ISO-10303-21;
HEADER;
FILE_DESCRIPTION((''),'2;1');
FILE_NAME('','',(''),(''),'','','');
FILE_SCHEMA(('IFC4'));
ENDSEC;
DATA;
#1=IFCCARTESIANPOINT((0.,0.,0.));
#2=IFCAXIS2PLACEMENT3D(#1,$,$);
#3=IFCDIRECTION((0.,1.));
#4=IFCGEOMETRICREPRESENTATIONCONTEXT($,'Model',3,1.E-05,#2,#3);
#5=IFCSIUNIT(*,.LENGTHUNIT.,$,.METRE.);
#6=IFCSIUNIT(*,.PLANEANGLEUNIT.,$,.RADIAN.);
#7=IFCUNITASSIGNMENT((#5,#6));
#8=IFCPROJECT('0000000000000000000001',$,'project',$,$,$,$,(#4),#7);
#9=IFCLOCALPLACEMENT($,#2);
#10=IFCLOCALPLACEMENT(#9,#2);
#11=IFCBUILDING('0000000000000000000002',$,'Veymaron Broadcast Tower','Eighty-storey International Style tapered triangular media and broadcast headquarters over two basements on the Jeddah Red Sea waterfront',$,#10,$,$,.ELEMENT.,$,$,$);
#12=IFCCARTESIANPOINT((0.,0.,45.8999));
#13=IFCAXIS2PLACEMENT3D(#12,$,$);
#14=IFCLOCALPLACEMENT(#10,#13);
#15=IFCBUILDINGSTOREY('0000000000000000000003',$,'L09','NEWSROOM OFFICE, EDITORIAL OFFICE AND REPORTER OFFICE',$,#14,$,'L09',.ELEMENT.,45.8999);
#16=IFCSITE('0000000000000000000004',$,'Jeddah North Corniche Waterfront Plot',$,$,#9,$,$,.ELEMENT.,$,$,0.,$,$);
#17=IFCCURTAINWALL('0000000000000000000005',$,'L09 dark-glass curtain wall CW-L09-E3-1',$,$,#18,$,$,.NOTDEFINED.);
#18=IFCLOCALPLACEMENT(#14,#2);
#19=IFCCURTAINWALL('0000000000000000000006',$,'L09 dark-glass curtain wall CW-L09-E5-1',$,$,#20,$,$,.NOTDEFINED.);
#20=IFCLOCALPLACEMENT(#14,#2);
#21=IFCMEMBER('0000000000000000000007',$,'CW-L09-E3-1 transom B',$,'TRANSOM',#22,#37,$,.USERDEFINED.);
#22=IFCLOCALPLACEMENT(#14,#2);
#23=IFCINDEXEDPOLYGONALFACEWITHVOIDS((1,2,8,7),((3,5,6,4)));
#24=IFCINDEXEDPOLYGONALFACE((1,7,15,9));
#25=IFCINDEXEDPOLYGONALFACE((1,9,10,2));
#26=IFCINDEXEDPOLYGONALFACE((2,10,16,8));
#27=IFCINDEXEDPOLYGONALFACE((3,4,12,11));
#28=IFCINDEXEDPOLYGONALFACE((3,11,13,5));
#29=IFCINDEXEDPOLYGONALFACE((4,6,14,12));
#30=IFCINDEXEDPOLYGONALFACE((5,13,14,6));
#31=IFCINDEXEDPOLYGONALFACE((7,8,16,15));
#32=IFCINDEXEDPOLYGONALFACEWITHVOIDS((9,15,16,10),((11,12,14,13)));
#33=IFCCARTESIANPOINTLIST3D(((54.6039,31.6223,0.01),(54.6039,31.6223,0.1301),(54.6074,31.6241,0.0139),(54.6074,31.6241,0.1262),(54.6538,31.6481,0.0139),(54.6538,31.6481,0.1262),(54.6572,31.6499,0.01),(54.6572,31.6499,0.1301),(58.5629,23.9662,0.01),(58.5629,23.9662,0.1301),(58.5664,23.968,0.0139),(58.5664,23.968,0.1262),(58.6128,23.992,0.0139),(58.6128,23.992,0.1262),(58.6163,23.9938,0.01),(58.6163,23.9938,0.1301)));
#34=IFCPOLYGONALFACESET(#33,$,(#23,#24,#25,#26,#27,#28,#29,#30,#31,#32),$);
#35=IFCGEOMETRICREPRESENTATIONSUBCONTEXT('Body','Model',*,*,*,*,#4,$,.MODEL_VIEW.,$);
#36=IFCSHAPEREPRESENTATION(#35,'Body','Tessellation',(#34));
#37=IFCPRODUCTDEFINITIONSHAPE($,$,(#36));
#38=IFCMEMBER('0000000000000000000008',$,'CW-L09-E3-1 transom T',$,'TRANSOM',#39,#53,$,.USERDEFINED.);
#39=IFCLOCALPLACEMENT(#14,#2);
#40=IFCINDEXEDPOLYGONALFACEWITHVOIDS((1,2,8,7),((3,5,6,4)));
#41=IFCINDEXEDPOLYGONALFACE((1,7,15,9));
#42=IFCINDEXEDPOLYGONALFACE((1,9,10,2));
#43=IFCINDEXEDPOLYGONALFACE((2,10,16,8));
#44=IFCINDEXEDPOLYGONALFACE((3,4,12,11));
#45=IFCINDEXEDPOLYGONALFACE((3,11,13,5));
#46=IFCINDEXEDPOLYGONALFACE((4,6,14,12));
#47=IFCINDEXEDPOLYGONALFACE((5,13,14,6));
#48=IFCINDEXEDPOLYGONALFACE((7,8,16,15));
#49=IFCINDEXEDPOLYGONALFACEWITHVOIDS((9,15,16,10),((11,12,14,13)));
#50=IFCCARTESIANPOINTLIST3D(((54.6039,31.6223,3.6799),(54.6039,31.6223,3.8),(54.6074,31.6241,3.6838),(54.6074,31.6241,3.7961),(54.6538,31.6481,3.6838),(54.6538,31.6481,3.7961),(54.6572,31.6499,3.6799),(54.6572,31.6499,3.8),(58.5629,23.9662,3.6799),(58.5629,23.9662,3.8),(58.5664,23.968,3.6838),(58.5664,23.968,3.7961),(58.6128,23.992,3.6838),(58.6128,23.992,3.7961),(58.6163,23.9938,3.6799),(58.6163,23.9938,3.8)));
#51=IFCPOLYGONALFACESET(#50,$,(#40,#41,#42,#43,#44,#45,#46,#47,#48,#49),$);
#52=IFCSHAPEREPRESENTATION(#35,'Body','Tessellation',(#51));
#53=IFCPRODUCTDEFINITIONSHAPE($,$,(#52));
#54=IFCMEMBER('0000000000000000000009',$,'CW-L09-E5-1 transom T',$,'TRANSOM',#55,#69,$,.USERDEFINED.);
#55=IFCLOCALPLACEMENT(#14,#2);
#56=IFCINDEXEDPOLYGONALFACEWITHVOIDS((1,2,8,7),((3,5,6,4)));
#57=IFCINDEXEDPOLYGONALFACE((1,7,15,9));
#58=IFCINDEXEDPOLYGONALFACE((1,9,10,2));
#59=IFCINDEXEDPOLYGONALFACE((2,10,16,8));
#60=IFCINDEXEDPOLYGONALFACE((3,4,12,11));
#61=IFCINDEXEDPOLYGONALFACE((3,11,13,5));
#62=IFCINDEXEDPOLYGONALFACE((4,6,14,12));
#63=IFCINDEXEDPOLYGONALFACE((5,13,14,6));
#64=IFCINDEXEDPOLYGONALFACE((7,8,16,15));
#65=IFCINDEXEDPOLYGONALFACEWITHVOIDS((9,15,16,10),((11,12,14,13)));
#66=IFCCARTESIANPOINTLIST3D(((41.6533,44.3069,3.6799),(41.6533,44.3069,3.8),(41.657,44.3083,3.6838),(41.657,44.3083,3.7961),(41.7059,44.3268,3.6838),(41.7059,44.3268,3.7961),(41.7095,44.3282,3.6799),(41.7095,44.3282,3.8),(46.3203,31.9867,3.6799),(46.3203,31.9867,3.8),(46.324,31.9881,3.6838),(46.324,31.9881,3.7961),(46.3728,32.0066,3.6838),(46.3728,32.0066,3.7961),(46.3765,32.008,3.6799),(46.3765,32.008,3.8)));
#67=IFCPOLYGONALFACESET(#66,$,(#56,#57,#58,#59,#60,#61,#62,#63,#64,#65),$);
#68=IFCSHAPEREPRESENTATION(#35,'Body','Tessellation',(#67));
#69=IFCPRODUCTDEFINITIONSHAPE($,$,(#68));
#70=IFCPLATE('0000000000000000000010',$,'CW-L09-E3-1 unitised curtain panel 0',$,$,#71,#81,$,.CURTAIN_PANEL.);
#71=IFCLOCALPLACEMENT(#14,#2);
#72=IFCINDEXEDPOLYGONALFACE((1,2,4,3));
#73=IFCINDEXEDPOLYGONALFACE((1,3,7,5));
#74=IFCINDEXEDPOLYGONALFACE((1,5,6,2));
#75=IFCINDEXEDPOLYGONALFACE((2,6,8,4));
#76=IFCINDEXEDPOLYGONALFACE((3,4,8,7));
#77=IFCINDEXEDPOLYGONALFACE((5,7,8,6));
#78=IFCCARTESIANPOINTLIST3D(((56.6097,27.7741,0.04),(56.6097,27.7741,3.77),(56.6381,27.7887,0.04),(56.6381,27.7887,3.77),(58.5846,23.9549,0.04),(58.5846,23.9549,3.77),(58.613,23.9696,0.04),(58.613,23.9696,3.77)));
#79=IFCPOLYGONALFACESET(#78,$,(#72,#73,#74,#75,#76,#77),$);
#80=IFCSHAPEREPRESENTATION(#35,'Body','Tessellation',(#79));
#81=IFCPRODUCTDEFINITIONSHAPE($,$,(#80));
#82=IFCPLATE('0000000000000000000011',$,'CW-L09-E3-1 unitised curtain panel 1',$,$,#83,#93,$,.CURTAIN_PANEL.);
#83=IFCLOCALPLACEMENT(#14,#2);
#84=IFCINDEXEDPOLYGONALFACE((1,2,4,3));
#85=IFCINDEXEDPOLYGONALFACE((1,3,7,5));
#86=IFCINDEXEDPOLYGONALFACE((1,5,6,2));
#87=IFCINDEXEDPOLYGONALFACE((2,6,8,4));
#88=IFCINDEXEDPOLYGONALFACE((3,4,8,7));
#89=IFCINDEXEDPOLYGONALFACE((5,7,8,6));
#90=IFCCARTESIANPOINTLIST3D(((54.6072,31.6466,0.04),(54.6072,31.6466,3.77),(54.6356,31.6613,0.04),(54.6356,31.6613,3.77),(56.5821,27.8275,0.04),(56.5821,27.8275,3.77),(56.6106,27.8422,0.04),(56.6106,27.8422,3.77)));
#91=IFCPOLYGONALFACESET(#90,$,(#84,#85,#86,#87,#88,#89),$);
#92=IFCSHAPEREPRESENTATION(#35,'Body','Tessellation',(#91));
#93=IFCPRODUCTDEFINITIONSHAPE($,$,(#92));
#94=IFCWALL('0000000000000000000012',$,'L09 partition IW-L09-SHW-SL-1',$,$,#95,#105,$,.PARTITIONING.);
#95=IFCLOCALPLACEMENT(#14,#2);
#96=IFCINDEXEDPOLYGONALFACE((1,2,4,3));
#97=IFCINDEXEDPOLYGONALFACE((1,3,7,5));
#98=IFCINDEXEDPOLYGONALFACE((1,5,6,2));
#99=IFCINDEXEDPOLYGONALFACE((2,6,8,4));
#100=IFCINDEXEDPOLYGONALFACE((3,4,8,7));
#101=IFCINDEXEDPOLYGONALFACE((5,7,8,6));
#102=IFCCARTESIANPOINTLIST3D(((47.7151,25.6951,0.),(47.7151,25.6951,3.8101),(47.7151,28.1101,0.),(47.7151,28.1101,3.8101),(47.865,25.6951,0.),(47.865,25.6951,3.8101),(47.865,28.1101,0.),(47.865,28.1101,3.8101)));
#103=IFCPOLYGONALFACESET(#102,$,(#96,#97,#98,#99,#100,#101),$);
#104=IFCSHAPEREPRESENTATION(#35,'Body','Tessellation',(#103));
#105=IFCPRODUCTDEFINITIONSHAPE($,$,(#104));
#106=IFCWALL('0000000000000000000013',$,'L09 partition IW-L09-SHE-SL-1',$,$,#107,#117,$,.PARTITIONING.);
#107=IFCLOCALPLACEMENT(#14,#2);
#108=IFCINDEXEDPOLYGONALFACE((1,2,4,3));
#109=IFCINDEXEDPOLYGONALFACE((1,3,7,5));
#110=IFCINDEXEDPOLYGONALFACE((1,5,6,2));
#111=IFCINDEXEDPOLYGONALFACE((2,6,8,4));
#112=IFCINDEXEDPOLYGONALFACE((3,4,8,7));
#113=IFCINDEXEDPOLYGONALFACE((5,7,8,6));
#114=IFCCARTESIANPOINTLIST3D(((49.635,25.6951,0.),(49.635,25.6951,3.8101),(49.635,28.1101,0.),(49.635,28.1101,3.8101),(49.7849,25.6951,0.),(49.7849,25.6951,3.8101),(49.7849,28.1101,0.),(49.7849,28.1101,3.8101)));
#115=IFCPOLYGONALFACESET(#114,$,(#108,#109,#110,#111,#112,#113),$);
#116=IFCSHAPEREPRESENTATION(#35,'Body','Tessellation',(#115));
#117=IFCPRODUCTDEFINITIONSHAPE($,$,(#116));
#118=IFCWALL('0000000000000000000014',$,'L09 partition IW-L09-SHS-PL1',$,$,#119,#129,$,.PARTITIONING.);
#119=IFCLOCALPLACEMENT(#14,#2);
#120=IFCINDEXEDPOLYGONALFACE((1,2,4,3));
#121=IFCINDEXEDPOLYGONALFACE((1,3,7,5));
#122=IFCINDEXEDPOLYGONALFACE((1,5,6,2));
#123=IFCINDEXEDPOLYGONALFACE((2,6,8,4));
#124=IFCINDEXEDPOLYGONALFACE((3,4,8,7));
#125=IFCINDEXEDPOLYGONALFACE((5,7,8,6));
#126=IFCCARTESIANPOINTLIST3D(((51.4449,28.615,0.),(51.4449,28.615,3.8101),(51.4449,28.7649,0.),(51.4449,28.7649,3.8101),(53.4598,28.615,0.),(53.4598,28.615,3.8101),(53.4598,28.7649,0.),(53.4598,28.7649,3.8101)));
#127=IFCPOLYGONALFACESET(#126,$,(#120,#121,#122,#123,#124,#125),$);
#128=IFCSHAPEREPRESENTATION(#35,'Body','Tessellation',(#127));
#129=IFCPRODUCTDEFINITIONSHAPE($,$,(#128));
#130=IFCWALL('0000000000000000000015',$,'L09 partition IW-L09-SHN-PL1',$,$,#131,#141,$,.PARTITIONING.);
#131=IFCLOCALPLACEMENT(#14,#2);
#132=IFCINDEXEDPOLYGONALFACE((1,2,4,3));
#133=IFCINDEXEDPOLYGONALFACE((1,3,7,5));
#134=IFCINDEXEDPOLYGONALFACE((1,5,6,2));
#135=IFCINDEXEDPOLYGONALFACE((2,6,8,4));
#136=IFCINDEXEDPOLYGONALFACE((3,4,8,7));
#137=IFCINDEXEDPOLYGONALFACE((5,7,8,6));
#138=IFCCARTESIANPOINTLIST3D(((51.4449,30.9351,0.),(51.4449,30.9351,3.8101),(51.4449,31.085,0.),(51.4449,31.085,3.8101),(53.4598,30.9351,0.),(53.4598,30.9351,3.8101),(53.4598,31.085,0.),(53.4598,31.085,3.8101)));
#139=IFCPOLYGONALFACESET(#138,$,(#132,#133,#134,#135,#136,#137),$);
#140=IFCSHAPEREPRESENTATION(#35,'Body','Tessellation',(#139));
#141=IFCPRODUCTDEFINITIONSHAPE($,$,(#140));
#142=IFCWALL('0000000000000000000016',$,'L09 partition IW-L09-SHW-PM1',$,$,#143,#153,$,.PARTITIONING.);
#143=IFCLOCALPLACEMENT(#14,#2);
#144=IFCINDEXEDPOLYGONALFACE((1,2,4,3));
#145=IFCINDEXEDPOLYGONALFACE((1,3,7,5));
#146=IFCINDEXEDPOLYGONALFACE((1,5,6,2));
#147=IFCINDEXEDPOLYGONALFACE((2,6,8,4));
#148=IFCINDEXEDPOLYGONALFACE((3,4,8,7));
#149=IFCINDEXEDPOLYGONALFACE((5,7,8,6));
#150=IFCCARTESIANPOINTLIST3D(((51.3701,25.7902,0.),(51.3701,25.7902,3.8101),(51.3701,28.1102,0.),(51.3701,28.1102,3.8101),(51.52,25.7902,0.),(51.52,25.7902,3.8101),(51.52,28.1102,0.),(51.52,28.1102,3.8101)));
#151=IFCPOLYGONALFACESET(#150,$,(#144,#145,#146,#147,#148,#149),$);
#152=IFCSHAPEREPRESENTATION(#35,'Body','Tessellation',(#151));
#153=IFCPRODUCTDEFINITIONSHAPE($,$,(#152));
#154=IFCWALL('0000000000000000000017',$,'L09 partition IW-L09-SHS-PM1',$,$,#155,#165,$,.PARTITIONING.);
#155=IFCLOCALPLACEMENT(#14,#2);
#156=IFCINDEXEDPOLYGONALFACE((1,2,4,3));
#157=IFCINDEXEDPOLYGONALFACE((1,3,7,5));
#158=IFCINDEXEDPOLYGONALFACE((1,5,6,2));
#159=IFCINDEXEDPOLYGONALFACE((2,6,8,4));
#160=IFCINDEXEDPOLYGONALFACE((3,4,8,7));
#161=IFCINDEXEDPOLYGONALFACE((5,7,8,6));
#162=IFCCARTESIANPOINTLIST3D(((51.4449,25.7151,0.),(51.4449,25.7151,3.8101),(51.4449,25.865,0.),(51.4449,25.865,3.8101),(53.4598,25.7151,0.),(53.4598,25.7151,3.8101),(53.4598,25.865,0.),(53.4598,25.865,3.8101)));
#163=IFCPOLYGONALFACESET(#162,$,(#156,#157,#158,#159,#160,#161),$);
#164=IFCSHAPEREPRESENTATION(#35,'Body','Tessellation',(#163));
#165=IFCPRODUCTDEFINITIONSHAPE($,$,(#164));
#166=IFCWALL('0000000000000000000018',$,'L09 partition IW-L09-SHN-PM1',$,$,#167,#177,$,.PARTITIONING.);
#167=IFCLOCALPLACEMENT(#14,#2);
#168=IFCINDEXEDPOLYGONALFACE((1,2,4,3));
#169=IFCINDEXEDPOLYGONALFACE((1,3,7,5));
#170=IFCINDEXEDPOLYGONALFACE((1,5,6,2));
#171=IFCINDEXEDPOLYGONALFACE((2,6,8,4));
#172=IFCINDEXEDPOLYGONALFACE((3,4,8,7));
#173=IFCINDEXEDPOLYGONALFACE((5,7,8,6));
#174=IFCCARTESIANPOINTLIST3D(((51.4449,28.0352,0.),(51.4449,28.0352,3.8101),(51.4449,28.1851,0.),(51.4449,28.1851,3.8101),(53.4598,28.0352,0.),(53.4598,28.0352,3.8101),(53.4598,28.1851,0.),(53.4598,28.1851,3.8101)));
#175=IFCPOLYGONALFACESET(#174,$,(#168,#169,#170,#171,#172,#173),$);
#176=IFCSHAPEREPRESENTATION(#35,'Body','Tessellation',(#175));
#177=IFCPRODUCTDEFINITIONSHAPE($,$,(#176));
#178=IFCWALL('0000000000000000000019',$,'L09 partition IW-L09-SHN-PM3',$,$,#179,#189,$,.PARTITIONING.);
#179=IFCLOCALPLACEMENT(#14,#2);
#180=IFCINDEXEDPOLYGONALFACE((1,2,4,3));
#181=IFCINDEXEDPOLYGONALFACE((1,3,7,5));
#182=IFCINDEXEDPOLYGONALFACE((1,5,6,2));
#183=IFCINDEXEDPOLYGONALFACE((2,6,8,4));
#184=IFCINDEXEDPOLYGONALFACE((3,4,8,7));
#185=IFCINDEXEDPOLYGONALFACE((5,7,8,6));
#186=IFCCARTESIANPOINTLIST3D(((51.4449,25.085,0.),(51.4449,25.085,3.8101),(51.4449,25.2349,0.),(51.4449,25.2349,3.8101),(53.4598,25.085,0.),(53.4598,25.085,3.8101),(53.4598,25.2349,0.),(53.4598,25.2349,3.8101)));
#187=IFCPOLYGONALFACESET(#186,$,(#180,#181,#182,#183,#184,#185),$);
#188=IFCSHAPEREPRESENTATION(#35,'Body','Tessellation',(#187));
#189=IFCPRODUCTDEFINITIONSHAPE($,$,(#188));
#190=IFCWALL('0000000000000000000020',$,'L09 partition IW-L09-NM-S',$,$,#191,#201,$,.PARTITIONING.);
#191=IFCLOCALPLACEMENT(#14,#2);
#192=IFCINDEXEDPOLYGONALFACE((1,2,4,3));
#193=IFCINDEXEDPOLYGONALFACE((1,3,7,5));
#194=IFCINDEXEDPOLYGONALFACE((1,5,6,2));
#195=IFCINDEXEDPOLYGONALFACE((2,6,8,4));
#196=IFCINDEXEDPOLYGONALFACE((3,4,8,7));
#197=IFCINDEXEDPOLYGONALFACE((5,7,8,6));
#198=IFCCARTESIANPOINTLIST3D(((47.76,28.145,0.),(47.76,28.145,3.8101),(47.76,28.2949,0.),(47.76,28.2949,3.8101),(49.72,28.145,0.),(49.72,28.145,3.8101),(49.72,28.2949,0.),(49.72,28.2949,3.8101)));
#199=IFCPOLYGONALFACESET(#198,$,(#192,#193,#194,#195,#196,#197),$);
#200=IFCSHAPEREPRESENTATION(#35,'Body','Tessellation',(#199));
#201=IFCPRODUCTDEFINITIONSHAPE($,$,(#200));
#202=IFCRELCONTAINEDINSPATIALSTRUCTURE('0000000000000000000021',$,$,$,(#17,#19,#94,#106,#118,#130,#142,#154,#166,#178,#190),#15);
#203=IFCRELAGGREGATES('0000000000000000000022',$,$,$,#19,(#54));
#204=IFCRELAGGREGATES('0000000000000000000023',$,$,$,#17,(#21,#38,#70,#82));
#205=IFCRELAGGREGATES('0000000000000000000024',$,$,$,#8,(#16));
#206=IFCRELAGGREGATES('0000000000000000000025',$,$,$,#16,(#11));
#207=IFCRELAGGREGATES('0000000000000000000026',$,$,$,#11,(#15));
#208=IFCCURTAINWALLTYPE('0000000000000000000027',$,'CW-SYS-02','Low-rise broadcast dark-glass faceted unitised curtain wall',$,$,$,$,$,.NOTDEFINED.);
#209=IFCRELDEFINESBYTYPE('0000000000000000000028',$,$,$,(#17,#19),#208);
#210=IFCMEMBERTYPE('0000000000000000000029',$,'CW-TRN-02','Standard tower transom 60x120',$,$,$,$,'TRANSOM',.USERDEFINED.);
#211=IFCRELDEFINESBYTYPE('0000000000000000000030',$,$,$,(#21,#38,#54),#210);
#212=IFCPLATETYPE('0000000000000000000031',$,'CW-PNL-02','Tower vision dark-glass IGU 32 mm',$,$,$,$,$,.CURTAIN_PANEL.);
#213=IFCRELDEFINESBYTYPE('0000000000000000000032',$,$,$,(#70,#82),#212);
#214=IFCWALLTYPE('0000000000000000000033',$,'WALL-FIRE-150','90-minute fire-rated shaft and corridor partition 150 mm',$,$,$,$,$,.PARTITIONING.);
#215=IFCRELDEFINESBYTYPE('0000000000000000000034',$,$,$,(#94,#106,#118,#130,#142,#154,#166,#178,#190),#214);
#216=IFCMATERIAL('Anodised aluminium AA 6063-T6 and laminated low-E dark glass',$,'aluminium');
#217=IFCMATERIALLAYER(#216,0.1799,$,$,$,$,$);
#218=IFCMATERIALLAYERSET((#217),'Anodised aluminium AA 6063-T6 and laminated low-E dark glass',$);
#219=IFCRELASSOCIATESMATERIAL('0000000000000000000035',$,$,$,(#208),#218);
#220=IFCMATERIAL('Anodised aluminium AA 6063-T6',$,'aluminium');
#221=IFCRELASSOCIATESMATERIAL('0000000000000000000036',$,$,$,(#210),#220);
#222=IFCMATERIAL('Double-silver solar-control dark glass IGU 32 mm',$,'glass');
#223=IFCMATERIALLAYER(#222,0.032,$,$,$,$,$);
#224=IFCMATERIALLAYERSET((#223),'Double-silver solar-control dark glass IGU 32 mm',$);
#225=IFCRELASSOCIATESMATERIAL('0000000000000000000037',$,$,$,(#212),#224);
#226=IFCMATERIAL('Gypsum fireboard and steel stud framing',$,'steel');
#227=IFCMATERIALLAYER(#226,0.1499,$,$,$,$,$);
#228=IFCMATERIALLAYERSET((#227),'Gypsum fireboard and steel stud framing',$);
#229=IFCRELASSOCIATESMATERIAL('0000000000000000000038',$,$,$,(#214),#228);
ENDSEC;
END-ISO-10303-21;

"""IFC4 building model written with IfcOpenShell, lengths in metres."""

from ifc_helpers import new_model, si_unit, direction, frame, frame_2d, origin, origin_2d, place, context, subcontext, project, spatial, rectangle, hollow_rectangle, extrude, material, layer, layer_set, material_profile, profile_set, type_object, element, aggregate, save


model = new_model("IFC4")

# Units and contexts
model_context = context("Model", 3, precision=1e-05, world=origin(), true_north=direction((0.0, 1.0)))
body_context = subcontext(model_context, "Body", "Model", "MODEL_VIEW")
ifc_project = project(units=[si_unit("LENGTHUNIT", "METRE"), si_unit("PLANEANGLEUNIT", "RADIAN")], contexts=[model_context])

# Site, building, storey
site_placement = place(None, origin())
site = spatial("IfcSite", under=ifc_project, at=site_placement, Name="Jeddah North Corniche Waterfront Plot", CompositionType="ELEMENT", RefElevation=0.0)
building_placement = place(site_placement, origin())
building = spatial("IfcBuilding", under=site, at=building_placement, Name="Veymaron Broadcast Tower", Description="Eighty-storey International Style tapered triangular media and broadcast headquarters over two basements on the Jeddah Red Sea waterfront", CompositionType="ELEMENT")
storey_placement = place(building_placement, frame((0.0, 0.0, 45.8999)))
storey = spatial("IfcBuildingStorey", under=building, at=storey_placement, Name="L09", Description="NEWSROOM OFFICE, EDITORIAL OFFICE AND REPORTER OFFICE", LongName="L09", CompositionType="ELEMENT", Elevation=45.8999)

# Shared definitions
ifc_material_1 = material(Name="Anodised aluminium AA 6063-T6 and laminated low-E dark glass", Category="aluminium")
ifc_layer_1 = layer(ifc_material_1, 0.1799)
ifc_layer_set_1 = layer_set([ifc_layer_1], Name="Anodised aluminium AA 6063-T6 and laminated low-E dark glass")
curtain_wall_type = type_object("IfcCurtainWallType", Name="CW-SYS-02", Description="Low-rise broadcast dark-glass faceted unitised curtain wall", PredefinedType="NOTDEFINED", material=ifc_layer_set_1)
ifc_material_2 = material(Name="Anodised aluminium AA 6063-T6", Category="aluminium")

# Curtain wall
curtain_wall_1_placement = place(storey_placement, origin())
curtain_wall_1 = element("IfcCurtainWall", 1, at=curtain_wall_1_placement, inside=storey, type_object=curtain_wall_type, Name="L09 dark-glass curtain wall CW-L09-E3-1", PredefinedType="NOTDEFINED")

# Curtain wall
curtain_wall_2_placement = place(storey_placement, origin())
curtain_wall_2 = element("IfcCurtainWall", 2, at=curtain_wall_2_placement, inside=storey, type_object=curtain_wall_type, Name="L09 dark-glass curtain wall CW-L09-E5-1", PredefinedType="NOTDEFINED")

# Members
ifc_material_profile_1 = material_profile(ifc_material_2, hollow_rectangle(XDim=0.0601, YDim=0.1201, WallThickness=0.0039, at=origin_2d()), Name="AL120X60X4")
ifc_profile_set_1 = profile_set([ifc_material_profile_1], Name="Anodised aluminium AA 6063-T6")
member_type_1 = type_object("IfcMemberType", Name="CW-TRN-02", Description="Standard tower transom 60x120", ElementType="TRANSOM", PredefinedType="USERDEFINED", material=ifc_profile_set_1)
member_1_placement = place(storey_placement, frame((58.5896, 23.98, 0.0701), z_axis=(-0.45933, 0.888266, 0.0), x_axis=(-0.888266, -0.45933, 0.0)))
member_1 = element("IfcMember", 3, at=member_1_placement, type_object=member_type_1, Name="CW-L09-E3-1 transom B", ObjectType="TRANSOM", PredefinedType="USERDEFINED", context=body_context, shape_type="SweptSolid", body=[
    extrude(hollow_rectangle(XDim=0.0601, YDim=0.1201, WallThickness=0.0039, at=origin_2d()), origin(), (0.0, 0.0, 1.0), 8.6191),
])
member_2_placement = place(storey_placement, frame((58.5896, 23.98, 3.74), z_axis=(-0.45933, 0.888266, 0.0), x_axis=(-0.888266, -0.45933, 0.0)))
member_2 = element("IfcMember", 4, at=member_2_placement, type_object=member_type_1, Name="CW-L09-E3-1 transom T", ObjectType="TRANSOM", PredefinedType="USERDEFINED", context=body_context, shape_type="SweptSolid", body=[
    extrude(hollow_rectangle(XDim=0.0601, YDim=0.1201, WallThickness=0.0039, at=origin_2d()), origin(), (0.0, 0.0, 1.0), 8.6191),
])
member_3_placement = place(storey_placement, frame((46.3484, 31.9973, 3.74), z_axis=(-0.354241, 0.935154, 0.0), x_axis=(-0.935154, -0.354241, 0.0)))
member_3 = element("IfcMember", 5, at=member_3_placement, type_object=member_type_1, Name="CW-L09-E5-1 transom T", ObjectType="TRANSOM", PredefinedType="USERDEFINED", context=body_context, shape_type="SweptSolid", body=[
    extrude(hollow_rectangle(XDim=0.0601, YDim=0.1201, WallThickness=0.0039, at=origin_2d()), origin(), (0.0, 0.0, 1.0), 13.1746),
])
aggregate(curtain_wall_2, [member_3])

# Plates
ifc_material_3 = material(Name="Double-silver solar-control dark glass IGU 32 mm", Category="glass")
ifc_layer_2 = layer(ifc_material_3, 0.032)
ifc_layer_set_2 = layer_set([ifc_layer_2], Name="Double-silver solar-control dark glass IGU 32 mm")
plate_type = type_object("IfcPlateType", Name="CW-PNL-02", Description="Tower vision dark-glass IGU 32 mm", PredefinedType="CURTAIN_PANEL", material=ifc_layer_set_2)
plate_1_placement = place(storey_placement, frame((57.6113, 25.8718, 0.04), z_axis=(0.0, 0.0, 1.0), x_axis=(-0.459332, 0.888265, 0.0)))
plate_1 = element("IfcPlate", 6, at=plate_1_placement, type_object=plate_type, Name="CW-L09-E3-1 unitised curtain panel 0", PredefinedType="CURTAIN_PANEL", context=body_context, shape_type="SweptSolid", body=[
    extrude(rectangle(XDim=4.2996, YDim=0.032, at=origin_2d()), origin(), (0.0, 0.0, 1.0), 3.73),
])
plate_2_placement = place(storey_placement, frame((55.6089, 29.7444, 0.04), z_axis=(0.0, 0.0, 1.0), x_axis=(-0.459332, 0.888265, 0.0)))
plate_2 = element("IfcPlate", 7, at=plate_2_placement, type_object=plate_type, Name="CW-L09-E3-1 unitised curtain panel 1", PredefinedType="CURTAIN_PANEL", context=body_context, shape_type="SweptSolid", body=[
    extrude(rectangle(XDim=4.2996, YDim=0.032, at=origin_2d()), origin(), (0.0, 0.0, 1.0), 3.73),
])
aggregate(curtain_wall_1, [member_1, member_2, plate_1, plate_2])

# Shared definitions
ifc_material_4 = material(Name="Gypsum fireboard and steel stud framing", Category="steel")
ifc_layer_3 = layer(ifc_material_4, 0.1499)
ifc_layer_set_3 = layer_set([ifc_layer_3], Name="Gypsum fireboard and steel stud framing")
wall_type_1 = type_object("IfcWallType", Name="WALL-FIRE-150", Description="90-minute fire-rated shaft and corridor partition 150 mm", PredefinedType="PARTITIONING", material=ifc_layer_set_3)

# Walls
for number, where, z_axis, x_axis, name in (
    (8, (47.79, 25.6951, 0.0), (0.0, 0.0, 1.0), (0.0, 1.0, 0.0), "L09 partition IW-L09-SHW-SL-1"),
    (9, (49.71, 25.6951, 0.0), (0.0, 0.0, 1.0), (0.0, 1.0, 0.0), "L09 partition IW-L09-SHE-SL-1"),
):
    element("IfcWall", number, at=place(storey_placement, frame(where, z_axis=z_axis, x_axis=x_axis)), inside=storey, type_object=wall_type_1, Name=name, PredefinedType="PARTITIONING", context=body_context, shape_type="SweptSolid", body=[
        extrude(rectangle(XDim=2.415, YDim=0.1499, at=frame_2d((1.2075, 0.0))), origin(), (0.0, 0.0, 1.0), 3.8101),
    ])

# Walls
for number, where, z_axis, x_axis, name in (
    (10, (51.4451, 28.6899, 0.0), (0.0, 0.0, 1.0), (1.0, 0.0, 0.0), "L09 partition IW-L09-SHS-PL1"),
    (11, (51.4451, 31.01, 0.0), (0.0, 0.0, 1.0), (1.0, 0.0, 0.0), "L09 partition IW-L09-SHN-PL1"),
):
    element("IfcWall", number, at=place(storey_placement, frame(where, z_axis=z_axis, x_axis=x_axis)), inside=storey, type_object=wall_type_1, Name=name, PredefinedType="PARTITIONING", context=body_context, shape_type="SweptSolid", body=[
        extrude(rectangle(XDim=2.0149, YDim=0.1499, at=frame_2d((1.0073, 0.0))), origin(), (0.0, 0.0, 1.0), 3.8101),
    ])
wall_1_placement = place(storey_placement, frame((51.4451, 25.79, 0.0), z_axis=(0.0, 0.0, 1.0), x_axis=(0.0, 1.0, 0.0)))
element("IfcWall", 12, at=wall_1_placement, inside=storey, type_object=wall_type_1, Name="L09 partition IW-L09-SHW-PM1", PredefinedType="PARTITIONING", context=body_context, shape_type="SweptSolid", body=[
    extrude(rectangle(XDim=2.3201, YDim=0.1499, at=frame_2d((1.1602, 0.0))), origin(), (0.0, 0.0, 1.0), 3.8101),
])
for number, where, z_axis, x_axis, name in (
    (13, (51.4451, 25.79, 0.0), (0.0, 0.0, 1.0), (1.0, 0.0, 0.0), "L09 partition IW-L09-SHS-PM1"),
    (14, (51.4451, 28.1101, 0.0), (0.0, 0.0, 1.0), (1.0, 0.0, 0.0), "L09 partition IW-L09-SHN-PM1"),
    (15, (51.4451, 25.1599, 0.0), (0.0, 0.0, 1.0), (1.0, 0.0, 0.0), "L09 partition IW-L09-SHN-PM3"),
):
    element("IfcWall", number, at=place(storey_placement, frame(where, z_axis=z_axis, x_axis=x_axis)), inside=storey, type_object=wall_type_1, Name=name, PredefinedType="PARTITIONING", context=body_context, shape_type="SweptSolid", body=[
        extrude(rectangle(XDim=2.0149, YDim=0.1499, at=frame_2d((1.0073, 0.0))), origin(), (0.0, 0.0, 1.0), 3.8101),
    ])
wall_2_placement = place(storey_placement, frame((47.76, 28.22, 0.0), z_axis=(0.0, 0.0, 1.0), x_axis=(1.0, 0.0, 0.0)))
element("IfcWall", 16, at=wall_2_placement, inside=storey, type_object=wall_type_1, Name="L09 partition IW-L09-NM-S", PredefinedType="PARTITIONING", context=body_context, shape_type="SweptSolid", body=[
    extrude(rectangle(XDim=1.96, YDim=0.1499, at=frame_2d((0.98, 0.0))), origin(), (0.0, 0.0, 1.0), 3.8101),
])

save(model, "model.ifc")
